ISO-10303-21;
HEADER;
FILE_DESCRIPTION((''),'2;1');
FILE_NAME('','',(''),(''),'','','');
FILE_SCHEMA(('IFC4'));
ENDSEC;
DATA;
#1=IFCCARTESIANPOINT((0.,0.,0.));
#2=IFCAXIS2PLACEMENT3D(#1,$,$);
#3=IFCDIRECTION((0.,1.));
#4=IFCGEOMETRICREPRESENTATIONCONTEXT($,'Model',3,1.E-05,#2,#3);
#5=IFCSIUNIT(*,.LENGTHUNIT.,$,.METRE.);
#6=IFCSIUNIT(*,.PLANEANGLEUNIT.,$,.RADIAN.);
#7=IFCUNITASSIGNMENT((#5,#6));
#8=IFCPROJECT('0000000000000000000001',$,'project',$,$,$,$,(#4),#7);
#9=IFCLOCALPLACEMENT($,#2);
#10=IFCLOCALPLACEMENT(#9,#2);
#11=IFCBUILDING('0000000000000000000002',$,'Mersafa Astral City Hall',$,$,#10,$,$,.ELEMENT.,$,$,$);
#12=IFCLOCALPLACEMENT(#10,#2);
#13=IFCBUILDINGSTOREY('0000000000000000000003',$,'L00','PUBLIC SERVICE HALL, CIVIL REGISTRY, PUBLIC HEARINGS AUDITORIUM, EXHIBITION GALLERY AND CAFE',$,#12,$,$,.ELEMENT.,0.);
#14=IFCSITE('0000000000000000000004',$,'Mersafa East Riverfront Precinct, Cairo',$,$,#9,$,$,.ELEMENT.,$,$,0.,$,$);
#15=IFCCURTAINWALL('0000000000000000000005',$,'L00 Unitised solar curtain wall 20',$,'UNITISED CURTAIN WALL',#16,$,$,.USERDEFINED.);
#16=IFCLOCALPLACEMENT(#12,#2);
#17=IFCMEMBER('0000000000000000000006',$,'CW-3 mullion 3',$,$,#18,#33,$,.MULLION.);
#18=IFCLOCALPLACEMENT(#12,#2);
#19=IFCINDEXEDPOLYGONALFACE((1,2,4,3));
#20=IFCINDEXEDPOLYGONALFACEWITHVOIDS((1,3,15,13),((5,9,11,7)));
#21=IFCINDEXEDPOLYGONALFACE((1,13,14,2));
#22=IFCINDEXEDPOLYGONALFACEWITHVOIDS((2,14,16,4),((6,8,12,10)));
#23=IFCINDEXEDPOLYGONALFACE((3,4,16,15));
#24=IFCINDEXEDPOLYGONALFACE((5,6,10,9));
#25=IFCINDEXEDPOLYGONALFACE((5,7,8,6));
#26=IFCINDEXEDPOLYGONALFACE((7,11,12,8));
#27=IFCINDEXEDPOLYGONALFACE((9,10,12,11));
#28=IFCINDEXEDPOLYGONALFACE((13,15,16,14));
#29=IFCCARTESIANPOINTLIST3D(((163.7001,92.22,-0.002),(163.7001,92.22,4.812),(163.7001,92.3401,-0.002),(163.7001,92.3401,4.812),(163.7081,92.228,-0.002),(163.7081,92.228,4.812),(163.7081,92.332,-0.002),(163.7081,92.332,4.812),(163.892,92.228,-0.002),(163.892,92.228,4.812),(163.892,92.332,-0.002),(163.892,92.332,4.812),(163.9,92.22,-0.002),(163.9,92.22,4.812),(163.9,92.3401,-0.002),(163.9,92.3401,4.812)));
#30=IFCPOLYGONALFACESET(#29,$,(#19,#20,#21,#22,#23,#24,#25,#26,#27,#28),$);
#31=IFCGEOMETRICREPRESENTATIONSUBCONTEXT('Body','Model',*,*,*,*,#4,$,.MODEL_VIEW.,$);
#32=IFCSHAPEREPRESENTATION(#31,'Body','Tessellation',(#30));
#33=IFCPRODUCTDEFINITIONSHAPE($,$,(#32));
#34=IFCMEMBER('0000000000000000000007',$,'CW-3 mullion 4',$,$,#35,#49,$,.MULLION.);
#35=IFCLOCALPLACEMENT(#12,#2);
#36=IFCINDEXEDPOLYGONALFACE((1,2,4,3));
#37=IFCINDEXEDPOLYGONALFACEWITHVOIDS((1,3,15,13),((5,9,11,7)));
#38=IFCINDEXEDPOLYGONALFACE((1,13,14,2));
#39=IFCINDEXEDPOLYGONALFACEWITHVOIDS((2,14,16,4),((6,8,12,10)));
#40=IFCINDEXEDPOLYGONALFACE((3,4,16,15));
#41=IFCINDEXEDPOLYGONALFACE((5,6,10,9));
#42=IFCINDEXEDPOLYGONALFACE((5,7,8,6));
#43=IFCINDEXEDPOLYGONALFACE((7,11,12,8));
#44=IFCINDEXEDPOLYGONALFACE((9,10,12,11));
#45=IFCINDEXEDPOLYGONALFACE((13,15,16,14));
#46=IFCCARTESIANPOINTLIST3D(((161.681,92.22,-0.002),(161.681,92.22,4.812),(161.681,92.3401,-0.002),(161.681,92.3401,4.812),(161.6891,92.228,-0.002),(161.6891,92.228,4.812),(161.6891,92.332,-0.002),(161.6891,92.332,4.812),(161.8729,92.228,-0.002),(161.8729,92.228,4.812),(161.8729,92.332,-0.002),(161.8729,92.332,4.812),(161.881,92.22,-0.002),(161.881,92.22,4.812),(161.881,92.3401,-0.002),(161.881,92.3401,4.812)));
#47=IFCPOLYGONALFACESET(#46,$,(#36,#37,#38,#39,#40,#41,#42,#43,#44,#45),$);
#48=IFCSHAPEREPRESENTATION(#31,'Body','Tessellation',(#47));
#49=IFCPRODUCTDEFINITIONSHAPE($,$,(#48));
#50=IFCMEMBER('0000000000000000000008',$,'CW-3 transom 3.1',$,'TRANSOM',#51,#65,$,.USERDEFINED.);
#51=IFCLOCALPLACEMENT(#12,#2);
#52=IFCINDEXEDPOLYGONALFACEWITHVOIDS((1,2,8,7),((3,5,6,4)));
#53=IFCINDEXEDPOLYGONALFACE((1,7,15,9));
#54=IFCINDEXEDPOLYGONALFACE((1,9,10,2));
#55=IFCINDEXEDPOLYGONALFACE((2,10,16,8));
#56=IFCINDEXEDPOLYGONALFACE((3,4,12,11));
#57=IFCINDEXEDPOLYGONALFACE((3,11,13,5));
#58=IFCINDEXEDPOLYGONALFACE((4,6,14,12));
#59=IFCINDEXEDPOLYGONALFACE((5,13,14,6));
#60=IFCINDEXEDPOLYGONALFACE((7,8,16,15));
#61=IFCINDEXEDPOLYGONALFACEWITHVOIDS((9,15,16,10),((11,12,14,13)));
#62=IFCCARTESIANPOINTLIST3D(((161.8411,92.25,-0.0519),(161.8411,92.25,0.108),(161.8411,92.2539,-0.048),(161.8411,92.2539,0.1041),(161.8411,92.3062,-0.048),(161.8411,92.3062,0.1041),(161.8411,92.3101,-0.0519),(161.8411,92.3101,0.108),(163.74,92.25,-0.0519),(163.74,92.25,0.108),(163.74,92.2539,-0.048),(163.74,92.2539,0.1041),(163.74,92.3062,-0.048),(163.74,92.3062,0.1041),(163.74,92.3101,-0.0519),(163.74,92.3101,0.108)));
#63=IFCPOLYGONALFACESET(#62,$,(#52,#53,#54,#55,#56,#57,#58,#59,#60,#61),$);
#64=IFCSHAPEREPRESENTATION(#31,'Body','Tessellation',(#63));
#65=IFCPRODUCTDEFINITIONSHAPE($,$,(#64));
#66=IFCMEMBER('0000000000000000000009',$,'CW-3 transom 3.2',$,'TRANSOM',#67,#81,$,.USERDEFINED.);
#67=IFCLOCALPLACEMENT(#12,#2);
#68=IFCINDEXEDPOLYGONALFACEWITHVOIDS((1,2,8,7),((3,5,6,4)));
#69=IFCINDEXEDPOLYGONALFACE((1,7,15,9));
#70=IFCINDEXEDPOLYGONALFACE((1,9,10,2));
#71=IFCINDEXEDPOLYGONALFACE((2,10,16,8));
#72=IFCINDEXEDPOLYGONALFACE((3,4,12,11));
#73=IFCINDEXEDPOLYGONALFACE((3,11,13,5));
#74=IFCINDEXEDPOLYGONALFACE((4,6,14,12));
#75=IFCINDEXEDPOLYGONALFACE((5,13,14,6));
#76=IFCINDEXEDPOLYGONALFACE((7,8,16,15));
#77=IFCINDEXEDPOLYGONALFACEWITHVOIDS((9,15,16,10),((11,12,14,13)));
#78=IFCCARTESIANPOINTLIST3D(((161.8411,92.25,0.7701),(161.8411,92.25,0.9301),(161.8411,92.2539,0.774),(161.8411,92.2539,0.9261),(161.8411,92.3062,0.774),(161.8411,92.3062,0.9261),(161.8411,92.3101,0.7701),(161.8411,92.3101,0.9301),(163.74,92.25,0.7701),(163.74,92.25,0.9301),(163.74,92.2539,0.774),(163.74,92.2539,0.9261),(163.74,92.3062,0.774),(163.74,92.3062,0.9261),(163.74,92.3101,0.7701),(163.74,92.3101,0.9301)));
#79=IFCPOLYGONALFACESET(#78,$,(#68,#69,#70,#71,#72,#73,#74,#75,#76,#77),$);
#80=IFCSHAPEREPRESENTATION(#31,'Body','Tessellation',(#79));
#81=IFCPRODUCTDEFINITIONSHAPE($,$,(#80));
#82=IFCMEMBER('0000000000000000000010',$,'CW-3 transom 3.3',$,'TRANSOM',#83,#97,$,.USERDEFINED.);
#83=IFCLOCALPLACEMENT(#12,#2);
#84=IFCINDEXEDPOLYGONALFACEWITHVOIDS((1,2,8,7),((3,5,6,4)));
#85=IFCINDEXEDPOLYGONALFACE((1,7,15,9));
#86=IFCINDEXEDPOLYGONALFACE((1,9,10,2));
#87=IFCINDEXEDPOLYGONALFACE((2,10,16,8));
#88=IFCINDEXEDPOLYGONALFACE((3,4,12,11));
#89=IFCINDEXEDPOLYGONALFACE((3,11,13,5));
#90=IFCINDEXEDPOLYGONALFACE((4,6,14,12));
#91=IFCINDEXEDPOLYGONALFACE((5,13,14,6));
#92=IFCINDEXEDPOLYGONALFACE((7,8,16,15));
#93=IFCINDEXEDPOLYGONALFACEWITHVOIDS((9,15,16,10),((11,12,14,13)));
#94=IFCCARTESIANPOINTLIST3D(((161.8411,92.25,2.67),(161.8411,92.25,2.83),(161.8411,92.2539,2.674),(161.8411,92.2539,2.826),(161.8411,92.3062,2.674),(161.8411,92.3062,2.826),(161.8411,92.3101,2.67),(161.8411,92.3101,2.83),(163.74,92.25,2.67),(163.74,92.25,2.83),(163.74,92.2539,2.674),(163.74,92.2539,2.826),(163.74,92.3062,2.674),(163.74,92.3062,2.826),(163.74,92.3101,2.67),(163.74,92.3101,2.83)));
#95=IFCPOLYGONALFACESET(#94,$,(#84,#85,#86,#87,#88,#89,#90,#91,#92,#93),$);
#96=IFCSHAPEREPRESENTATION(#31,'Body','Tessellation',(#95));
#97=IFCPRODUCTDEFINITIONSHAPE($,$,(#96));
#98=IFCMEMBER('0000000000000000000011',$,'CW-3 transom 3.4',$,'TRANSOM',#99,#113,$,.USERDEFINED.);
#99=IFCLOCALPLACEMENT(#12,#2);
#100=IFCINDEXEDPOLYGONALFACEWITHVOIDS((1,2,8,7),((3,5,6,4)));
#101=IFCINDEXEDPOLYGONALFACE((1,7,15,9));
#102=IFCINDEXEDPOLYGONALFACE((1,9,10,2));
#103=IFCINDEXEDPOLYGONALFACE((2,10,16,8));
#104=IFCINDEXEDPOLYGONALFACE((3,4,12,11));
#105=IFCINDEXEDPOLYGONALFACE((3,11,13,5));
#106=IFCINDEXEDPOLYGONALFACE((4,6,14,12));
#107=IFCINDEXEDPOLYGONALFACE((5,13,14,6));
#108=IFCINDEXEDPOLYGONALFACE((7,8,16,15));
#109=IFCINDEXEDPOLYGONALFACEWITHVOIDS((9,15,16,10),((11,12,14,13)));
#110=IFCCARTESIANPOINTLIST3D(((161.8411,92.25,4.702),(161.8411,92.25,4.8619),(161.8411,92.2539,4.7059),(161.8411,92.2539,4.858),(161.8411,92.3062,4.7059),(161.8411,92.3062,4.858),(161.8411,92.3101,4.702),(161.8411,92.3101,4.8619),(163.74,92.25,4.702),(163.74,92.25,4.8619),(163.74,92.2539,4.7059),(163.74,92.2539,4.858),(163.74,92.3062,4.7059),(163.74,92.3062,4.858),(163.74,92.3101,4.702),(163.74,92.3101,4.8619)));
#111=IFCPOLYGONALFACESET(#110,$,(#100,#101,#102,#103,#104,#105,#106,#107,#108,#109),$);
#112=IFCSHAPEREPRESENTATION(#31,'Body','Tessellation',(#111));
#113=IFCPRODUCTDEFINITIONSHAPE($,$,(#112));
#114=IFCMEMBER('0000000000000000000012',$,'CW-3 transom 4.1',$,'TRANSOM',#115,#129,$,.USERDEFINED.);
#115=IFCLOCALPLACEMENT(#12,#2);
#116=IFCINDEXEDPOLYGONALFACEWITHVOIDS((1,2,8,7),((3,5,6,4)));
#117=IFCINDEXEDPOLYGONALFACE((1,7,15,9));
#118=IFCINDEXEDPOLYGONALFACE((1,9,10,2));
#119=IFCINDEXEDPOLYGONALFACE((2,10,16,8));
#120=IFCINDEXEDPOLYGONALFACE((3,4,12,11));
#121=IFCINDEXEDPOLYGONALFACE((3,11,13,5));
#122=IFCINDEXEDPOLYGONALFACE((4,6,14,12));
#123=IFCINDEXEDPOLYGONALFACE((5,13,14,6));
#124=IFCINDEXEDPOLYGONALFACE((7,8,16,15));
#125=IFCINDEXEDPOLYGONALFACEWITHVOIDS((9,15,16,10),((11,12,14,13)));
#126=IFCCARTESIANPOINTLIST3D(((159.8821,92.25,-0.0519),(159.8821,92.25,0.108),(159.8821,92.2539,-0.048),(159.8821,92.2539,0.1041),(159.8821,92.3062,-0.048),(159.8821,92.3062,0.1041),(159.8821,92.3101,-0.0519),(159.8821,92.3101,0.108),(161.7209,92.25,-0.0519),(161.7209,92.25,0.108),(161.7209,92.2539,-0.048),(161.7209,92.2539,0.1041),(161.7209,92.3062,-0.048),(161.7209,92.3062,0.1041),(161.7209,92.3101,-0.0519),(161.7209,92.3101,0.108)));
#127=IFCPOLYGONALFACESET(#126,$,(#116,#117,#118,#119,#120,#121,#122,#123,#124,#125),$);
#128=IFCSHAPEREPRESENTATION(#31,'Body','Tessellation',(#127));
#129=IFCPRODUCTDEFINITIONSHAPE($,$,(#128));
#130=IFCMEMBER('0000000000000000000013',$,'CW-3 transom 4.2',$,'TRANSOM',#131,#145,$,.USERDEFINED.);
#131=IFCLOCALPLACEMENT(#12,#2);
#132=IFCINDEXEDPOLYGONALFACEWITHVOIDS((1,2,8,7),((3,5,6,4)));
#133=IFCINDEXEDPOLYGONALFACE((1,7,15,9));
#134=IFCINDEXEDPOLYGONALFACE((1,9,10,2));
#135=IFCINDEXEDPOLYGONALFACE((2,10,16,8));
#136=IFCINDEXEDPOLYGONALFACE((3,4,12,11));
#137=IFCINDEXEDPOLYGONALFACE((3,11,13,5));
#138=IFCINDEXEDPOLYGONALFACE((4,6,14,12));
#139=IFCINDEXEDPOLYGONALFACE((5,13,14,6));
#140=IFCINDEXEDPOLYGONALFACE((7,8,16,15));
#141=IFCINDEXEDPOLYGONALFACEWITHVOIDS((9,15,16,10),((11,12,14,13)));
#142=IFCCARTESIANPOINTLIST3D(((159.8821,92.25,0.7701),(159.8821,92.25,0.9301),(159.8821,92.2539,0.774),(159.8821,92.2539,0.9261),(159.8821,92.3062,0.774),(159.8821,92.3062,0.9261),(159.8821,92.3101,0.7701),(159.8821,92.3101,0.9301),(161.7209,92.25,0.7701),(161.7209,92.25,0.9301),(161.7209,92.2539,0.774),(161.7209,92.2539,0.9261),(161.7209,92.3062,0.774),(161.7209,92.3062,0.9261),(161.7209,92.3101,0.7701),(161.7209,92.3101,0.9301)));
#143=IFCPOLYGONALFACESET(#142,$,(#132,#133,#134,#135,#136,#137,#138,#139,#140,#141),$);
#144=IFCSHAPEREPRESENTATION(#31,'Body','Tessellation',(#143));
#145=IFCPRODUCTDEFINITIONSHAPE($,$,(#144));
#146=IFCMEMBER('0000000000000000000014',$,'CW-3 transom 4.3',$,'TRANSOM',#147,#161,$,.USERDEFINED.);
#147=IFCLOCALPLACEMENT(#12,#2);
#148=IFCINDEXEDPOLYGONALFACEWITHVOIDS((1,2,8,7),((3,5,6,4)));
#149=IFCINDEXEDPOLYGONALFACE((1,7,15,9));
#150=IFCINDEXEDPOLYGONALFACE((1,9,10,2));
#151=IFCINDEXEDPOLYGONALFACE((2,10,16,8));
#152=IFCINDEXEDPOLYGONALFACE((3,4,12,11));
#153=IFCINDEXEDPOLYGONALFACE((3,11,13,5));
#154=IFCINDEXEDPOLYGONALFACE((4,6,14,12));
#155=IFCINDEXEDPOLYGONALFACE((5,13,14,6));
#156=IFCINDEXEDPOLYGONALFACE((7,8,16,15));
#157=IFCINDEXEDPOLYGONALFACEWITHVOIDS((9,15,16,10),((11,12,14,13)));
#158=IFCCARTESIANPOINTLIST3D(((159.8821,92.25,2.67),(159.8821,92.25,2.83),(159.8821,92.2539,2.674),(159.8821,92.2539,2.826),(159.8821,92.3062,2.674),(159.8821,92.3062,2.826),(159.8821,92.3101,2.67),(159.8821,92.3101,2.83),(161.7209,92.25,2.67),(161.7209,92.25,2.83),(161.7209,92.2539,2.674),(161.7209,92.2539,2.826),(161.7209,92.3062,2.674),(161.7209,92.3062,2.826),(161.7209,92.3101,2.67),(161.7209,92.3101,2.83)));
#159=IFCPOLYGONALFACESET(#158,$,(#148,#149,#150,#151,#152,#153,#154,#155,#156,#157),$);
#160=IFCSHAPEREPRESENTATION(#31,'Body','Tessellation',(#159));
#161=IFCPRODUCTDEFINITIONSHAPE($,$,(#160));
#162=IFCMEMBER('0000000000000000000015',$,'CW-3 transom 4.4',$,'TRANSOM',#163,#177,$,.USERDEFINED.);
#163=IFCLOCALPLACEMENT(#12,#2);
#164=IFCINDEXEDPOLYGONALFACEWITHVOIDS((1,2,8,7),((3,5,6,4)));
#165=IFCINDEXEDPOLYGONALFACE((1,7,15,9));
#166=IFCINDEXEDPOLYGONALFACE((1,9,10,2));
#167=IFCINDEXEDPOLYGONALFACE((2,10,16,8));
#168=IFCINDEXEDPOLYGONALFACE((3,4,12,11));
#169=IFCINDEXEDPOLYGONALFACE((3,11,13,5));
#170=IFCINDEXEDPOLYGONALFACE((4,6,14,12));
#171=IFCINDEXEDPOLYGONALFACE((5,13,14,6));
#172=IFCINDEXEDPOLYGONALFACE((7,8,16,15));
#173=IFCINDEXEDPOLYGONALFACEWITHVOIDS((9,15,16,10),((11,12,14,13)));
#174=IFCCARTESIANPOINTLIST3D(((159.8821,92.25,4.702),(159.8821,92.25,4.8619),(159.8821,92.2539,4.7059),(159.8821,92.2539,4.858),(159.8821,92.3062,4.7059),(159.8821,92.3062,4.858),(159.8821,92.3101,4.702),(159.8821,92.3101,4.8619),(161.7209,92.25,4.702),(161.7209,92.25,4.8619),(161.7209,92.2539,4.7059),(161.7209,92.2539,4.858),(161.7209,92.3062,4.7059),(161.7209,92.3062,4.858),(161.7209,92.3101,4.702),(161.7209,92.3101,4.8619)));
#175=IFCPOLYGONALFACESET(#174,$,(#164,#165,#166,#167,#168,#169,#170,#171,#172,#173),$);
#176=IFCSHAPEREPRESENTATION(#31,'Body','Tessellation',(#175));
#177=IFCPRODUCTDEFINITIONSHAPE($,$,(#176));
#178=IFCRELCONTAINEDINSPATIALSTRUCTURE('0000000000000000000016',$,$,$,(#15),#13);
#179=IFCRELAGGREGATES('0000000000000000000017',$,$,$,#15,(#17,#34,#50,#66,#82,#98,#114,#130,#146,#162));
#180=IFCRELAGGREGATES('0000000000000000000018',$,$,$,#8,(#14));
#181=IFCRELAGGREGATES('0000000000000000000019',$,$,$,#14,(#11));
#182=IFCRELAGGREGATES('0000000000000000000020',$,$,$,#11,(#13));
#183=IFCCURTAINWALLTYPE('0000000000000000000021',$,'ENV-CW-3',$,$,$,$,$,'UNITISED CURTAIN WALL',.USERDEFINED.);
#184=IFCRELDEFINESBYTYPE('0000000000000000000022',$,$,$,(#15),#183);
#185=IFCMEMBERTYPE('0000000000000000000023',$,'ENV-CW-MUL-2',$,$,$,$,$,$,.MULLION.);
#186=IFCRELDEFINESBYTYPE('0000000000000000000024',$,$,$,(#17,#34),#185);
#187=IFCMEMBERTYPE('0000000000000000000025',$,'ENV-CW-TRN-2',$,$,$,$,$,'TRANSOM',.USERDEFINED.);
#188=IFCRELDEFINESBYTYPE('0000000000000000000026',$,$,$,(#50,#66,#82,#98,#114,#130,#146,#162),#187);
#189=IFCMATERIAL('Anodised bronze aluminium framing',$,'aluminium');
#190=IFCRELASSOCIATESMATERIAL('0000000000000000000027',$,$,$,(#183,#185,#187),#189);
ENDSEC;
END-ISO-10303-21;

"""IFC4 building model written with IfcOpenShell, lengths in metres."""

from ifc_helpers import new_model, si_unit, direction, frame, origin, origin_2d, place, context, subcontext, project, spatial, hollow_rectangle, extrude, material, material_profile, profile_set, type_object, element, aggregate, save


model = new_model("IFC4")

# Units and contexts
model_context = context("Model", 3, precision=1e-05, world=origin(), true_north=direction((0.0, 1.0)))
body_context = subcontext(model_context, "Body", "Model", "MODEL_VIEW")
ifc_project = project(units=[si_unit("LENGTHUNIT", "METRE"), si_unit("PLANEANGLEUNIT", "RADIAN")], contexts=[model_context])

# Site, building, storey
site_placement = place(None, origin())
site = spatial("IfcSite", under=ifc_project, at=site_placement, Name="Mersafa East Riverfront Precinct, Cairo", CompositionType="ELEMENT", RefElevation=0.0)
building_placement = place(site_placement, origin())
building = spatial("IfcBuilding", under=site, at=building_placement, Name="Mersafa Astral City Hall", CompositionType="ELEMENT")
storey_placement = place(building_placement, origin())
storey = spatial("IfcBuildingStorey", under=building, at=storey_placement, Name="L00", Description="PUBLIC SERVICE HALL, CIVIL REGISTRY, PUBLIC HEARINGS AUDITORIUM, EXHIBITION GALLERY AND CAFE", CompositionType="ELEMENT", Elevation=0.0)

# Curtain wall, members
ifc_material_1 = material(Name="Anodised bronze aluminium framing", Category="aluminium")
curtain_wall_type = type_object("IfcCurtainWallType", Name="ENV-CW-3", ElementType="UNITISED CURTAIN WALL", PredefinedType="USERDEFINED", material=ifc_material_1)
curtain_wall_placement = place(storey_placement, origin())
curtain_wall = element("IfcCurtainWall", 1, at=curtain_wall_placement, inside=storey, type_object=curtain_wall_type, Name="L00 Unitised solar curtain wall 20", ObjectType="UNITISED CURTAIN WALL", PredefinedType="USERDEFINED")
ifc_material_profile_1 = material_profile(ifc_material_1, hollow_rectangle(XDim=0.1201, YDim=0.2, WallThickness=0.0081, at=origin_2d()), Name="RHS 120x200x8")
ifc_profile_set_1 = profile_set([ifc_material_profile_1], Name="Anodised bronze aluminium framing")
member_type_1 = type_object("IfcMemberType", Name="ENV-CW-MUL-2", PredefinedType="MULLION", material=ifc_profile_set_1)
member_1_placement = place(storey_placement, frame((163.8, 92.28, -0.002), z_axis=(0.0, 0.0, 1.0), x_axis=(0.0, -1.0, 0.0)))
member_1 = element("IfcMember", 2, at=member_1_placement, type_object=member_type_1, Name="CW-3 mullion 3", PredefinedType="MULLION", context=body_context, shape_type="SweptSolid", body=[
    extrude(hollow_rectangle(XDim=0.1201, YDim=0.2, WallThickness=0.0081, at=origin_2d()), origin(), (0.0, 0.0, 1.0), 4.814),
])
member_2_placement = place(storey_placement, frame((161.781, 92.28, -0.002), z_axis=(0.0, 0.0, 1.0), x_axis=(0.0, -1.0, 0.0)))
member_2 = element("IfcMember", 3, at=member_2_placement, type_object=member_type_1, Name="CW-3 mullion 4", PredefinedType="MULLION", context=body_context, shape_type="SweptSolid", body=[
    extrude(hollow_rectangle(XDim=0.1201, YDim=0.2, WallThickness=0.0081, at=origin_2d()), origin(), (0.0, 0.0, 1.0), 4.814),
])
ifc_material_profile_2 = material_profile(ifc_material_1, hollow_rectangle(XDim=0.0601, YDim=0.1599, WallThickness=0.0039, at=origin_2d()), Name="RHS 60x160x4")
ifc_profile_set_2 = profile_set([ifc_material_profile_2], Name="Anodised bronze aluminium framing")
member_type_2 = type_object("IfcMemberType", Name="ENV-CW-TRN-2", ElementType="TRANSOM", PredefinedType="USERDEFINED", material=ifc_profile_set_2)
member_3_placement = place(storey_placement, frame((163.74, 92.28, 0.0281), z_axis=(-1.0, 0.0, 0.0), x_axis=(0.0, -1.0, 0.0)))
member_3 = element("IfcMember", 4, at=member_3_placement, type_object=member_type_2, Name="CW-3 transom 3.1", ObjectType="TRANSOM", PredefinedType="USERDEFINED", context=body_context, shape_type="SweptSolid", body=[
    extrude(hollow_rectangle(XDim=0.0601, YDim=0.1599, WallThickness=0.0039, at=origin_2d()), origin(), (0.0, 0.0, 1.0), 1.8989),
])
member_4_placement = place(storey_placement, frame((163.74, 92.28, 0.8501), z_axis=(-1.0, 0.0, 0.0), x_axis=(0.0, -1.0, 0.0)))
member_4 = element("IfcMember", 5, at=member_4_placement, type_object=member_type_2, Name="CW-3 transom 3.2", ObjectType="TRANSOM", PredefinedType="USERDEFINED", context=body_context, shape_type="SweptSolid", body=[
    extrude(hollow_rectangle(XDim=0.0601, YDim=0.1599, WallThickness=0.0039, at=origin_2d()), origin(), (0.0, 0.0, 1.0), 1.8989),
])
member_5_placement = place(storey_placement, frame((163.74, 92.28, 2.75), z_axis=(-1.0, 0.0, 0.0), x_axis=(0.0, -1.0, 0.0)))
member_5 = element("IfcMember", 6, at=member_5_placement, type_object=member_type_2, Name="CW-3 transom 3.3", ObjectType="TRANSOM", PredefinedType="USERDEFINED", context=body_context, shape_type="SweptSolid", body=[
    extrude(hollow_rectangle(XDim=0.0601, YDim=0.1599, WallThickness=0.0039, at=origin_2d()), origin(), (0.0, 0.0, 1.0), 1.8989),
])
member_6_placement = place(storey_placement, frame((163.74, 92.28, 4.782), z_axis=(-1.0, 0.0, 0.0), x_axis=(0.0, -1.0, 0.0)))
member_6 = element("IfcMember", 7, at=member_6_placement, type_object=member_type_2, Name="CW-3 transom 3.4", ObjectType="TRANSOM", PredefinedType="USERDEFINED", context=body_context, shape_type="SweptSolid", body=[
    extrude(hollow_rectangle(XDim=0.0601, YDim=0.1599, WallThickness=0.0039, at=origin_2d()), origin(), (0.0, 0.0, 1.0), 1.8989),
])
member_7_placement = place(storey_placement, frame((161.7209, 92.28, 0.0281), z_axis=(-1.0, 0.0, 0.0), x_axis=(0.0, -1.0, 0.0)))
member_7 = element("IfcMember", 8, at=member_7_placement, type_object=member_type_2, Name="CW-3 transom 4.1", ObjectType="TRANSOM", PredefinedType="USERDEFINED", context=body_context, shape_type="SweptSolid", body=[
    extrude(hollow_rectangle(XDim=0.0601, YDim=0.1599, WallThickness=0.0039, at=origin_2d()), origin(), (0.0, 0.0, 1.0), 1.8389),
])
member_8_placement = place(storey_placement, frame((161.7209, 92.28, 0.8501), z_axis=(-1.0, 0.0, 0.0), x_axis=(0.0, -1.0, 0.0)))
member_8 = element("IfcMember", 9, at=member_8_placement, type_object=member_type_2, Name="CW-3 transom 4.2", ObjectType="TRANSOM", PredefinedType="USERDEFINED", context=body_context, shape_type="SweptSolid", body=[
    extrude(hollow_rectangle(XDim=0.0601, YDim=0.1599, WallThickness=0.0039, at=origin_2d()), origin(), (0.0, 0.0, 1.0), 1.8389),
])
member_9_placement = place(storey_placement, frame((161.7209, 92.28, 2.75), z_axis=(-1.0, 0.0, 0.0), x_axis=(0.0, -1.0, 0.0)))
member_9 = element("IfcMember", 10, at=member_9_placement, type_object=member_type_2, Name="CW-3 transom 4.3", ObjectType="TRANSOM", PredefinedType="USERDEFINED", context=body_context, shape_type="SweptSolid", body=[
    extrude(hollow_rectangle(XDim=0.0601, YDim=0.1599, WallThickness=0.0039, at=origin_2d()), origin(), (0.0, 0.0, 1.0), 1.8389),
])
member_10_placement = place(storey_placement, frame((161.7209, 92.28, 4.782), z_axis=(-1.0, 0.0, 0.0), x_axis=(0.0, -1.0, 0.0)))
member_10 = element("IfcMember", 11, at=member_10_placement, type_object=member_type_2, Name="CW-3 transom 4.4", ObjectType="TRANSOM", PredefinedType="USERDEFINED", context=body_context, shape_type="SweptSolid", body=[
    extrude(hollow_rectangle(XDim=0.0601, YDim=0.1599, WallThickness=0.0039, at=origin_2d()), origin(), (0.0, 0.0, 1.0), 1.8389),
])

aggregate(curtain_wall, [member_1, member_2, member_3, member_4, member_5, member_6, member_7, member_8, member_9, member_10])

save(model, "model.ifc")
